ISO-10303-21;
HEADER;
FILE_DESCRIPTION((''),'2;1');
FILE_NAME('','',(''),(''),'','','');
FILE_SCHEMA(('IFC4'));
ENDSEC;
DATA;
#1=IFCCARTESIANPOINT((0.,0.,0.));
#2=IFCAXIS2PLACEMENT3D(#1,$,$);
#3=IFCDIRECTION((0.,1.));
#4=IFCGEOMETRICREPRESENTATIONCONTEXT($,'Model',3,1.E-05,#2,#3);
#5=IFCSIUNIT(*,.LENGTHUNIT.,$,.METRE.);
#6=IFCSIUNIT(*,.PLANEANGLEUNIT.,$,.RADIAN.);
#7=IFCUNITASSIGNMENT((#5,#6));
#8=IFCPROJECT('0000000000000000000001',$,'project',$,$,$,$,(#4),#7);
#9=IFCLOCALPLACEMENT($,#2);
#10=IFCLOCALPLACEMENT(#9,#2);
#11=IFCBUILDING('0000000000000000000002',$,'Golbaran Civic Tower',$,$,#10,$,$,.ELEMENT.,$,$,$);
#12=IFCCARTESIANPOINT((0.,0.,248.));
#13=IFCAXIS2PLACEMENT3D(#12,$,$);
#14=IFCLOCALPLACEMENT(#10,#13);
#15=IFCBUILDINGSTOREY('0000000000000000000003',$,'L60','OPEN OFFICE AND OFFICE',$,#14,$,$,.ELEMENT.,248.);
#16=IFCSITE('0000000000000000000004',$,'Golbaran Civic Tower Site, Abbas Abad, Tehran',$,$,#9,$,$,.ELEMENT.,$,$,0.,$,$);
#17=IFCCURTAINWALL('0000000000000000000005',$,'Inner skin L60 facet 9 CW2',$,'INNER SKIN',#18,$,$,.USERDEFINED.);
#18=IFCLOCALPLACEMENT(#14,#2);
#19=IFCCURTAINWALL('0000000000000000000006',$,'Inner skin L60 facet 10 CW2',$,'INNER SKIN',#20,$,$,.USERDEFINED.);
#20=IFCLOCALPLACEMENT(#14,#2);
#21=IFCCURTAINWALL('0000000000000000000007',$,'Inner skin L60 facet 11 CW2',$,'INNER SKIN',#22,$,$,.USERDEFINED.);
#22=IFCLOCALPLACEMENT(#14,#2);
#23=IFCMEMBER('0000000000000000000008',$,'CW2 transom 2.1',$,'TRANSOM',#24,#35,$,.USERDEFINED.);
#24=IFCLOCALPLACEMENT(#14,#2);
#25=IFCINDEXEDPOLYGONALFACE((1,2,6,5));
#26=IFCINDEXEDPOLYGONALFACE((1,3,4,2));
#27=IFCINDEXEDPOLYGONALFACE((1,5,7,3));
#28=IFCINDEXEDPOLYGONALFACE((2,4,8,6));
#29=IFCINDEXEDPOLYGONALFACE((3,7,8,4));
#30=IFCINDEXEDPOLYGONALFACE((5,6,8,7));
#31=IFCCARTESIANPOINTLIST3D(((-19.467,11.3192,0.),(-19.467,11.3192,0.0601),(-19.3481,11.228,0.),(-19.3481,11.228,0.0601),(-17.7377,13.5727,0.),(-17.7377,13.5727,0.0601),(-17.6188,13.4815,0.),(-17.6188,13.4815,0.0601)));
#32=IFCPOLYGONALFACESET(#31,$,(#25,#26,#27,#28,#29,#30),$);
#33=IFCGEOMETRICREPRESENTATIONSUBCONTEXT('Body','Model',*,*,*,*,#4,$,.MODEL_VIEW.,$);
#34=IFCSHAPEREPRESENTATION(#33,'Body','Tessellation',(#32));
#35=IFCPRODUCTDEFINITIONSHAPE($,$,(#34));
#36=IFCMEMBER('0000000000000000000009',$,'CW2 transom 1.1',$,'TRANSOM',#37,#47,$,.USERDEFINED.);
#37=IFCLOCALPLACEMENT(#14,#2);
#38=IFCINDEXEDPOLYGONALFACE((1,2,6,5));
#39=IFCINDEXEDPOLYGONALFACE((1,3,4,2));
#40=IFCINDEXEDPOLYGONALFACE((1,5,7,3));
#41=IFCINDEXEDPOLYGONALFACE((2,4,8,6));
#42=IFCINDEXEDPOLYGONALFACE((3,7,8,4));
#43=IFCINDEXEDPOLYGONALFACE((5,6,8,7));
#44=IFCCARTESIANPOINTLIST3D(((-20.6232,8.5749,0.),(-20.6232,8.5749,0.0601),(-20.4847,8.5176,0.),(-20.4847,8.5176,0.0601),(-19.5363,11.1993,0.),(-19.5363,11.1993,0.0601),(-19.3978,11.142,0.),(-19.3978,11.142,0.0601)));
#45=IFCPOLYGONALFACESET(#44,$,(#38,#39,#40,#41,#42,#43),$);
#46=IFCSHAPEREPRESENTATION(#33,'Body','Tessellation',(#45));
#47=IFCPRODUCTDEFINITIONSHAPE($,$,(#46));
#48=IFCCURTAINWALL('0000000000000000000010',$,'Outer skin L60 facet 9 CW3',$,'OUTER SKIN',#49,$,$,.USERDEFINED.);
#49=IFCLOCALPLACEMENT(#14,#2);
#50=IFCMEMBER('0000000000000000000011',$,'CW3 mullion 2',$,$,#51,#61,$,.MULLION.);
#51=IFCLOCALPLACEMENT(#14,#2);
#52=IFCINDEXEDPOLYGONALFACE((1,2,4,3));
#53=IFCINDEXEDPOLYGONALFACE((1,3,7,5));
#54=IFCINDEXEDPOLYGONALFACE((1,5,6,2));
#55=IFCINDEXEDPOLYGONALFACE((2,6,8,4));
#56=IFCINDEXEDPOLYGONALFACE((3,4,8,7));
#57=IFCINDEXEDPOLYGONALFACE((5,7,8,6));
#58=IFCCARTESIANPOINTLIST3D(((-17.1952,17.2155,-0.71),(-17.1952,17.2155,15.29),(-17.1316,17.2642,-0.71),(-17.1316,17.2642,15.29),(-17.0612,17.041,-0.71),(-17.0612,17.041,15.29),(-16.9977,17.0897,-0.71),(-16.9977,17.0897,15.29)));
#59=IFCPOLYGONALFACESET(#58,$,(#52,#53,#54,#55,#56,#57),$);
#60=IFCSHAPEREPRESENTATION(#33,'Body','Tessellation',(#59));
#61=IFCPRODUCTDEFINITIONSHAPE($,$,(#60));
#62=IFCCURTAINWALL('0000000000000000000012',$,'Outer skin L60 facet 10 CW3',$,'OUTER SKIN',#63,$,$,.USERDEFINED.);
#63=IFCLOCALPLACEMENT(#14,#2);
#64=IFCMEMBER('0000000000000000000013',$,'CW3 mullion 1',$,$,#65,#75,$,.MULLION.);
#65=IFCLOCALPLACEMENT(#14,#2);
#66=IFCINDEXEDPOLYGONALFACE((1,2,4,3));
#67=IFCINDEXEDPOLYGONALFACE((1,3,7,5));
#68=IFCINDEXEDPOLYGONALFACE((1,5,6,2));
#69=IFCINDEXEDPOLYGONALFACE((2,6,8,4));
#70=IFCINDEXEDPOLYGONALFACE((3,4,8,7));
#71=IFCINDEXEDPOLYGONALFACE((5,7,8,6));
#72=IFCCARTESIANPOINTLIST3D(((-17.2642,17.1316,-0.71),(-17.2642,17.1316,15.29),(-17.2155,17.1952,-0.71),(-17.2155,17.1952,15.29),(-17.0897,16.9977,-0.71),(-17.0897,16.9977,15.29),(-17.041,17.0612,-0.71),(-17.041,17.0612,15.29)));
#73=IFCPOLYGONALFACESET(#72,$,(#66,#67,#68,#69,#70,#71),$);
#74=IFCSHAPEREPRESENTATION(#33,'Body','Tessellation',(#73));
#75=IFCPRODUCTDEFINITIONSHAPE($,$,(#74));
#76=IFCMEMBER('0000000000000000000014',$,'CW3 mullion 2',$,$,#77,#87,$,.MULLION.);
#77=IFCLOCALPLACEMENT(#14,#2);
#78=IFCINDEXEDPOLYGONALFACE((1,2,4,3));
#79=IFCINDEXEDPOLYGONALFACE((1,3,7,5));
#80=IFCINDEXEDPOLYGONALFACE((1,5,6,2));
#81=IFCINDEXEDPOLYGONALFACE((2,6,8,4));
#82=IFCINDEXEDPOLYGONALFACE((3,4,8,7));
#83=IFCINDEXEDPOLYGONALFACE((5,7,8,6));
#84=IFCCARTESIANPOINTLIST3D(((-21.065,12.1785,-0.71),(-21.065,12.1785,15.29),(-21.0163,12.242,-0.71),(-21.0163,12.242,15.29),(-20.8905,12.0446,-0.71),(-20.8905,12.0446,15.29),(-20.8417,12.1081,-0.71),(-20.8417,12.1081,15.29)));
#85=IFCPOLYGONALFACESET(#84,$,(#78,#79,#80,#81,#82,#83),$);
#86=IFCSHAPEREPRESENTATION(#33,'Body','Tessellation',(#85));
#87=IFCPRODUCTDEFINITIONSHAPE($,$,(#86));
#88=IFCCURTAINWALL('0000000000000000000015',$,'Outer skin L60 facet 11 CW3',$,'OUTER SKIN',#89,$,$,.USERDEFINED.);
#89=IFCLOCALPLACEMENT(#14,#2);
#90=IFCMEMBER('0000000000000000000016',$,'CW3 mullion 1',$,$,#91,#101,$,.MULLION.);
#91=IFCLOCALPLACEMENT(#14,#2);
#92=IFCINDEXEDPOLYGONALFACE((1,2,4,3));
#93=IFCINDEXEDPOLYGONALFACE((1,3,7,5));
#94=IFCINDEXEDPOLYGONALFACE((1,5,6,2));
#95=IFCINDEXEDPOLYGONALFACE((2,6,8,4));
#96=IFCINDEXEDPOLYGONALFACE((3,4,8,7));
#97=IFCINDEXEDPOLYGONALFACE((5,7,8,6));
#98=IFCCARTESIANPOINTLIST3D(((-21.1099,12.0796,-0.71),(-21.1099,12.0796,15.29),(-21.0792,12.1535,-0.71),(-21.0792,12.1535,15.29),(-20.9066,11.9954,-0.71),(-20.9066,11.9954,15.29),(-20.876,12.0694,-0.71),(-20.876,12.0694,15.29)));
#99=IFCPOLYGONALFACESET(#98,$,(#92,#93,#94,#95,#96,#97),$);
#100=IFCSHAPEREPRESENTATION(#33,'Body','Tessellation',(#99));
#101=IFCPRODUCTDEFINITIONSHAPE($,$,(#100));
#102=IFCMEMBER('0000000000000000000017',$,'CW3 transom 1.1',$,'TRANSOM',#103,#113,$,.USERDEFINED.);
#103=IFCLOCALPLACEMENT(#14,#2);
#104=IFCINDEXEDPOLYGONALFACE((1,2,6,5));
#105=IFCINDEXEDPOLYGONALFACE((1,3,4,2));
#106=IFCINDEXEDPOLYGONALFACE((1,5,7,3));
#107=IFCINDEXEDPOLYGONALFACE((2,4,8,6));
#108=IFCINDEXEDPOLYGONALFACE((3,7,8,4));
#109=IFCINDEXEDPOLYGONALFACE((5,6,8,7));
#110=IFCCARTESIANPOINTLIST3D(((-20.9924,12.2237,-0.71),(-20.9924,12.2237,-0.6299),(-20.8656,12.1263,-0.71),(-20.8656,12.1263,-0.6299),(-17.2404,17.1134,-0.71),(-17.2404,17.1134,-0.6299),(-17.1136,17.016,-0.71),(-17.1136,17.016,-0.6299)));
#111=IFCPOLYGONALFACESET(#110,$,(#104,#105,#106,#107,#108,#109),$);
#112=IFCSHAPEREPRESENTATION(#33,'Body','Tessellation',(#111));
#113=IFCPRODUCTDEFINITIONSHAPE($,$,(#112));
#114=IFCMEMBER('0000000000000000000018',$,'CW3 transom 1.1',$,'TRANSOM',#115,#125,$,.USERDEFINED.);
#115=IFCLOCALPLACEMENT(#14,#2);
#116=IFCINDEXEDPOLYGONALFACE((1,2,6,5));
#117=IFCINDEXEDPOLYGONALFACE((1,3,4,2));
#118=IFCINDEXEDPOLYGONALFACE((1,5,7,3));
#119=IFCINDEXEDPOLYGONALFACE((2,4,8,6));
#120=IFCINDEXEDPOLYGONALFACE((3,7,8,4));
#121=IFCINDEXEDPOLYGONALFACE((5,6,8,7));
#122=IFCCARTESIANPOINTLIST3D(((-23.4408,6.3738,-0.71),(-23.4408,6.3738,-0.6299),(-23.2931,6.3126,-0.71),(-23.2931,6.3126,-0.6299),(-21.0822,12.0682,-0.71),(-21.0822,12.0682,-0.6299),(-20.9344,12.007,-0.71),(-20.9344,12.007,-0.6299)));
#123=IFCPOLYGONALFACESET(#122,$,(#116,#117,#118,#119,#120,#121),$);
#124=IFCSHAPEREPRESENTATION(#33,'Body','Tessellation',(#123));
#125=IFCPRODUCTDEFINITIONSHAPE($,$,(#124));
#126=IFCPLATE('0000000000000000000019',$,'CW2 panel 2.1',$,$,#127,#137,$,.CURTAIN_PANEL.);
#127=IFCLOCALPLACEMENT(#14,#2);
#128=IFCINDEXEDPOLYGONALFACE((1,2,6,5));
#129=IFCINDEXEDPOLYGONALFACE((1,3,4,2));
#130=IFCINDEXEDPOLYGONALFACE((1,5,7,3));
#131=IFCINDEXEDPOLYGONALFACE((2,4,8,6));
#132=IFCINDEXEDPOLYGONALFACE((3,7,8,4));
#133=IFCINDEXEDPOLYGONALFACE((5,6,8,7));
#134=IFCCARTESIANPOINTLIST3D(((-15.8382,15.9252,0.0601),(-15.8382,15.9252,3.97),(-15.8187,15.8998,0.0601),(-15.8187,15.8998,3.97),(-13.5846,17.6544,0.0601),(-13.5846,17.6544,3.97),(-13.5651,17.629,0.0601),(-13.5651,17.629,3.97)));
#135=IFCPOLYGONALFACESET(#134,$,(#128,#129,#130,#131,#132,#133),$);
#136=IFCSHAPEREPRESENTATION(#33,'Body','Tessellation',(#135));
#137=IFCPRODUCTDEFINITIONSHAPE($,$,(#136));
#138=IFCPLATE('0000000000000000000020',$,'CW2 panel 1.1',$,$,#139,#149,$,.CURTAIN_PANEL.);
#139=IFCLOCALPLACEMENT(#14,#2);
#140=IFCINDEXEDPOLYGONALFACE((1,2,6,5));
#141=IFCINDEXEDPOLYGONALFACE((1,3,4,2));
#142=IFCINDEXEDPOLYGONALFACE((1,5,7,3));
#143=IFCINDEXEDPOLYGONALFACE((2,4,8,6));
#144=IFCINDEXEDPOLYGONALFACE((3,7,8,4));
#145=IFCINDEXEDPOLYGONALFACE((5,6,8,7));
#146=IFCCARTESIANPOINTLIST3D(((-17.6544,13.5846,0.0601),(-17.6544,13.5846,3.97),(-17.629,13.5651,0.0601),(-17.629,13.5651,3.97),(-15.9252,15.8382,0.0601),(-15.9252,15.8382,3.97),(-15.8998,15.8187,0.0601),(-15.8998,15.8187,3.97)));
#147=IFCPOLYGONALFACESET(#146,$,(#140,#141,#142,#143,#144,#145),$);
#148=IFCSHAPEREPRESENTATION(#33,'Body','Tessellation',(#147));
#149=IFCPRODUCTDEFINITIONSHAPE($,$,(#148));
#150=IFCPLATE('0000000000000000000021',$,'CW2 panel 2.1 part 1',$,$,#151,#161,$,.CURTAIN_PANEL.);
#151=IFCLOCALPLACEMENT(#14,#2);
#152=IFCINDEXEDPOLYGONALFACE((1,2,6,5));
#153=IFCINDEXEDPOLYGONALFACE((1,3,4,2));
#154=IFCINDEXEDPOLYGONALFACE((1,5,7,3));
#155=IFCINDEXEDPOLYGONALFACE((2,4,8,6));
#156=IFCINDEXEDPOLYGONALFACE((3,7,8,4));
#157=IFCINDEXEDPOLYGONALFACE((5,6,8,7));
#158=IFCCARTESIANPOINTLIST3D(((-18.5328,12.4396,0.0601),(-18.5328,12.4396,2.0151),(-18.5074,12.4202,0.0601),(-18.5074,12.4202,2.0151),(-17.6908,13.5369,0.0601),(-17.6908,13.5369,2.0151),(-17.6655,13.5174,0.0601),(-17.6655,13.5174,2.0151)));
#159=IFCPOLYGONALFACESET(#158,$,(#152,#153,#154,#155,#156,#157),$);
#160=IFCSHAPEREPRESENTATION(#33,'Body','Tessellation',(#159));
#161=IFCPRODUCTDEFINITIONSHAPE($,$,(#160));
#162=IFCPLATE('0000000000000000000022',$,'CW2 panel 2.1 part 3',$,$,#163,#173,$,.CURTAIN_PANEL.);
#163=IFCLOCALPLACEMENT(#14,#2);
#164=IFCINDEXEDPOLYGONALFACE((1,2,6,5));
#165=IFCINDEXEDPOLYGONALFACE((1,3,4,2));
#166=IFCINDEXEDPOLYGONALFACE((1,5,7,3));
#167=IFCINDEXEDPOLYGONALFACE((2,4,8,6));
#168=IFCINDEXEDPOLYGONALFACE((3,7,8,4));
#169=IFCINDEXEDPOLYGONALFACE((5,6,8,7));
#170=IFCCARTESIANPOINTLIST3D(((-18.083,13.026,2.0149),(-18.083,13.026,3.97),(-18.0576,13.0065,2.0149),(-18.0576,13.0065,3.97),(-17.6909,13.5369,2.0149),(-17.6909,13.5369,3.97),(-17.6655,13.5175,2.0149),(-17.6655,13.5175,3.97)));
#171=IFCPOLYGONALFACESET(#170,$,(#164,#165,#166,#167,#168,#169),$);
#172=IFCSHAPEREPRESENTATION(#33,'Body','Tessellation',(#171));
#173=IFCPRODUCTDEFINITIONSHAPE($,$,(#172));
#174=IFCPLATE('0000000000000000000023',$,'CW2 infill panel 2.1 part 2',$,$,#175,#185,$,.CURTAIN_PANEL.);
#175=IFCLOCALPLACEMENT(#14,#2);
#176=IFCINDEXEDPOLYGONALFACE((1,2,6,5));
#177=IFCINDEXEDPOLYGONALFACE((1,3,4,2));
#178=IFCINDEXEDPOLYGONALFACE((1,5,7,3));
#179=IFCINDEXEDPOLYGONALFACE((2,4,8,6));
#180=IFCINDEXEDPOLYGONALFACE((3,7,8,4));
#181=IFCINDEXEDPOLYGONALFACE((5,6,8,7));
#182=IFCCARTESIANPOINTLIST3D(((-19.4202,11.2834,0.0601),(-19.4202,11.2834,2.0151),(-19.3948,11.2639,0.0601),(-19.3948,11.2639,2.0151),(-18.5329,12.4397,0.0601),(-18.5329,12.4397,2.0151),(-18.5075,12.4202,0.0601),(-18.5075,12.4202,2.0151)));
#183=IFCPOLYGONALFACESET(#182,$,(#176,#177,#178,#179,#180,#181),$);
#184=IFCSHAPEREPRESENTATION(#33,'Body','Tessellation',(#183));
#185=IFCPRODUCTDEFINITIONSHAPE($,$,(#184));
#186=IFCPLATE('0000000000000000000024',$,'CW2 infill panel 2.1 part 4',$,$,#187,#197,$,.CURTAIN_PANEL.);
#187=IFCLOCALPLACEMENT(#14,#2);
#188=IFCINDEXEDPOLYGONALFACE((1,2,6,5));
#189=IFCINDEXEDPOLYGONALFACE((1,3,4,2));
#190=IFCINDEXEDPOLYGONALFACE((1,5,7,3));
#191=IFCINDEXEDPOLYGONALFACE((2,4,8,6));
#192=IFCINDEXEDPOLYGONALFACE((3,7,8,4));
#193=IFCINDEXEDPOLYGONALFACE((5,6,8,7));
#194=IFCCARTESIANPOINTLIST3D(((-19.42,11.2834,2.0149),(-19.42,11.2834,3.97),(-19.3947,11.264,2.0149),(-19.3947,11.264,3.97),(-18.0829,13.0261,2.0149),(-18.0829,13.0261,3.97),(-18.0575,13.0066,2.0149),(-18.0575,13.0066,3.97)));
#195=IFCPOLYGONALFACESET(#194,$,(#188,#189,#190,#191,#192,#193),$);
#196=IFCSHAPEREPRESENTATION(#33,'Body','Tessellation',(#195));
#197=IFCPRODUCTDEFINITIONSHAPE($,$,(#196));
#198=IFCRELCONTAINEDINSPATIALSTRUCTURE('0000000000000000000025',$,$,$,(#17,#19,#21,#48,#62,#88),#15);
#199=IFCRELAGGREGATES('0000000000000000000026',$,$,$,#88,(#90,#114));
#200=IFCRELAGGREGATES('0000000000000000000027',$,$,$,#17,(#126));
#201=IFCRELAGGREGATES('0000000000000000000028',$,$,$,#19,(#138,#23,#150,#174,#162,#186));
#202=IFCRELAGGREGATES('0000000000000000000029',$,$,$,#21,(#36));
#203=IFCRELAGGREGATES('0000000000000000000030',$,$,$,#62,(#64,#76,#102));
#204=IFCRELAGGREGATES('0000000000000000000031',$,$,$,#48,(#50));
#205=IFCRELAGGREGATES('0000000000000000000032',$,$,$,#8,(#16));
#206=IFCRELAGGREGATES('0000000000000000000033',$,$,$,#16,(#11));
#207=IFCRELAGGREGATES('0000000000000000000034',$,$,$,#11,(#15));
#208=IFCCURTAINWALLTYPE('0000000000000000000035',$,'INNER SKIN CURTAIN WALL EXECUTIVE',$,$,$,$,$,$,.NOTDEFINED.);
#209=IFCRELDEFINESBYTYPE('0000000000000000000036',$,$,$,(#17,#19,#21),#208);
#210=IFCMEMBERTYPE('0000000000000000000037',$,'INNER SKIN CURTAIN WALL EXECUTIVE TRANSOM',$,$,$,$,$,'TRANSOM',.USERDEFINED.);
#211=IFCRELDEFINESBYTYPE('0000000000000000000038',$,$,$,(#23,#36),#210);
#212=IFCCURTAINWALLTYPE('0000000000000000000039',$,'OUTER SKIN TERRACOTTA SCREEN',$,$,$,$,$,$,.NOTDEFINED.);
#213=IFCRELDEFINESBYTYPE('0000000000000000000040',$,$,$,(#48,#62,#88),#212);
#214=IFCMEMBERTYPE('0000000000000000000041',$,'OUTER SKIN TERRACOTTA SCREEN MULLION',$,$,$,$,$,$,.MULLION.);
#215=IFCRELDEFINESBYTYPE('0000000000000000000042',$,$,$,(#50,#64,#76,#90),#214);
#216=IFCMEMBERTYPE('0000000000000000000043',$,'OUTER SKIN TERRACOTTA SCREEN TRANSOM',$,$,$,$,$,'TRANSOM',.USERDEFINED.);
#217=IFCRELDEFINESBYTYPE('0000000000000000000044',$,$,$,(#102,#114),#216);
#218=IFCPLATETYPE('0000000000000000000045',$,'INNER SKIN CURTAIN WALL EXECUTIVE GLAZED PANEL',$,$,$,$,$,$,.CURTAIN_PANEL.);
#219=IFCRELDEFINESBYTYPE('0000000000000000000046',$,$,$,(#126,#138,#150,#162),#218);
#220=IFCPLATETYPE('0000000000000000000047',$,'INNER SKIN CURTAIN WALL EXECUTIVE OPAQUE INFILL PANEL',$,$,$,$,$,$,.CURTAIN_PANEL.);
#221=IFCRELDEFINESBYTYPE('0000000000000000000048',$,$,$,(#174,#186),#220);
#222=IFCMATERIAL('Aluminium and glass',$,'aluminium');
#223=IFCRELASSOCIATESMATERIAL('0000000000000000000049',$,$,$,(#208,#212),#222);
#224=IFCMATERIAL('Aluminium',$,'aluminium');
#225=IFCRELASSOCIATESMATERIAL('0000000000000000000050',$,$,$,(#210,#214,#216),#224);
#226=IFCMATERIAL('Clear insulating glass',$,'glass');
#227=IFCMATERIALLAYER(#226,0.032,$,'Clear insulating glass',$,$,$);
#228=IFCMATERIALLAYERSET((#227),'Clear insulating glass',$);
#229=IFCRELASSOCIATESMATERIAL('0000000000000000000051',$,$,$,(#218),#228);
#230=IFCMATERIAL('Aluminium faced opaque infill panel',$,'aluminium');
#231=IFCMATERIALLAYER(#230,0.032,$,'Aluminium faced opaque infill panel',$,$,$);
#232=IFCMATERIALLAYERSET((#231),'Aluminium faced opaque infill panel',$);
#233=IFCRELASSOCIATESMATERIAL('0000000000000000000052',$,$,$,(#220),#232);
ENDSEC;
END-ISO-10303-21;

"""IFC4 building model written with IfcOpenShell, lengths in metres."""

from ifc_helpers import new_model, si_unit, direction, frame, origin, origin_2d, place, context, subcontext, project, spatial, rectangle, extrude, material, layer, layer_set, material_profile, profile_set, type_object, element, aggregate, save


model = new_model("IFC4")

# Units and contexts
model_context = context("Model", 3, precision=1e-05, world=origin(), true_north=direction((0.0, 1.0)))
body_context = subcontext(model_context, "Body", "Model", "MODEL_VIEW")
ifc_project = project(units=[si_unit("LENGTHUNIT", "METRE"), si_unit("PLANEANGLEUNIT", "RADIAN")], contexts=[model_context])

# Site, building, storey
site_placement = place(None, origin())
site = spatial("IfcSite", under=ifc_project, at=site_placement, Name="Golbaran Civic Tower Site, Abbas Abad, Tehran", CompositionType="ELEMENT", RefElevation=0.0)
building_placement = place(site_placement, origin())
building = spatial("IfcBuilding", under=site, at=building_placement, Name="Golbaran Civic Tower", CompositionType="ELEMENT")
storey_placement = place(building_placement, frame((0.0, 0.0, 248.0)))
storey = spatial("IfcBuildingStorey", under=building, at=storey_placement, Name="L60", Description="OPEN OFFICE AND OFFICE", CompositionType="ELEMENT", Elevation=248.0)

# Curtain wall
ifc_material_1 = material(Name="Aluminium and glass", Category="aluminium")
curtain_wall_type_1 = type_object("IfcCurtainWallType", Name="INNER SKIN CURTAIN WALL EXECUTIVE", PredefinedType="NOTDEFINED", material=ifc_material_1)
curtain_wall_1_placement = place(storey_placement, origin())
curtain_wall_1 = element("IfcCurtainWall", 1, at=curtain_wall_1_placement, inside=storey, type_object=curtain_wall_type_1, Name="Inner skin L60 facet 9 CW2", ObjectType="INNER SKIN", PredefinedType="USERDEFINED")
ifc_material_2 = material(Name="Aluminium", Category="aluminium")

# Curtain wall
curtain_wall_2_placement = place(storey_placement, origin())
curtain_wall_2 = element("IfcCurtainWall", 2, at=curtain_wall_2_placement, inside=storey, type_object=curtain_wall_type_1, Name="Inner skin L60 facet 10 CW2", ObjectType="INNER SKIN", PredefinedType="USERDEFINED")

# Curtain wall
curtain_wall_3_placement = place(storey_placement, origin())
curtain_wall_3 = element("IfcCurtainWall", 3, at=curtain_wall_3_placement, inside=storey, type_object=curtain_wall_type_1, Name="Inner skin L60 facet 11 CW2", ObjectType="INNER SKIN", PredefinedType="USERDEFINED")

# Members
ifc_material_profile_1 = material_profile(ifc_material_2, rectangle(XDim=0.1499, YDim=0.0601, at=origin_2d()), Name="INNER SKIN CURTAIN WALL EXECUTIVE TRANSOM")
ifc_profile_set_1 = profile_set([ifc_material_profile_1], Name="Aluminium")
member_type_1 = type_object("IfcMemberType", Name="INNER SKIN CURTAIN WALL EXECUTIVE TRANSOM", ElementType="TRANSOM", PredefinedType="USERDEFINED", material=ifc_profile_set_1)
member_1_placement = place(storey_placement, frame((-17.6782, 13.5271, 0.03), z_axis=(-0.608792, -0.79333, 0.0), x_axis=(0.79333, -0.608792, 0.0)))
member_1 = element("IfcMember", 4, at=member_1_placement, type_object=member_type_1, Name="CW2 transom 2.1", ObjectType="TRANSOM", PredefinedType="USERDEFINED", context=body_context, shape_type="SweptSolid", body=[
    extrude(rectangle(XDim=0.1499, YDim=0.0601, at=origin_2d()), origin(), (0.0, 0.0, 1.0), 2.8406),
])
member_2_placement = place(storey_placement, frame((-19.467, 11.1707, 0.03), z_axis=(-0.382625, -0.923904, 0.0), x_axis=(0.923904, -0.382625, 0.0)))
member_2 = element("IfcMember", 5, at=member_2_placement, type_object=member_type_1, Name="CW2 transom 1.1", ObjectType="TRANSOM", PredefinedType="USERDEFINED", context=body_context, shape_type="SweptSolid", body=[
    extrude(rectangle(XDim=0.1499, YDim=0.0601, at=origin_2d()), origin(), (0.0, 0.0, 1.0), 2.8406),
])

# Curtain wall, member
curtain_wall_type_2 = type_object("IfcCurtainWallType", Name="OUTER SKIN TERRACOTTA SCREEN", PredefinedType="NOTDEFINED", material=ifc_material_1)
curtain_wall_4_placement = place(storey_placement, origin())
curtain_wall_4 = element("IfcCurtainWall", 6, at=curtain_wall_4_placement, inside=storey, type_object=curtain_wall_type_2, Name="Outer skin L60 facet 9 CW3", ObjectType="OUTER SKIN", PredefinedType="USERDEFINED")
ifc_material_profile_2 = material_profile(ifc_material_2, rectangle(XDim=0.22, YDim=0.0801, at=origin_2d()), Name="OUTER SKIN TERRACOTTA SCREEN MULLION")
ifc_profile_set_2 = profile_set([ifc_material_profile_2], Name="Aluminium")
member_type_2 = type_object("IfcMemberType", Name="OUTER SKIN TERRACOTTA SCREEN MULLION", PredefinedType="MULLION", material=ifc_profile_set_2)
member_3_placement = place(storey_placement, frame((-17.0964, 17.1526, -0.71), z_axis=(0.0, 0.0, 1.0), x_axis=(0.608761, -0.793353, 0.0)))
member_3 = element("IfcMember", 7, at=member_3_placement, type_object=member_type_2, Name="CW3 mullion 2", PredefinedType="MULLION", context=body_context, shape_type="SweptSolid", body=[
    extrude(rectangle(XDim=0.22, YDim=0.0801, at=origin_2d()), origin(), (0.0, 0.0, 1.0), 16.0),
])

# Curtain wall, members
curtain_wall_5_placement = place(storey_placement, origin())
curtain_wall_5 = element("IfcCurtainWall", 8, at=curtain_wall_5_placement, inside=storey, type_object=curtain_wall_type_2, Name="Outer skin L60 facet 10 CW3", ObjectType="OUTER SKIN", PredefinedType="USERDEFINED")
member_4_placement = place(storey_placement, frame((-17.1526, 17.0964, -0.71), z_axis=(0.0, 0.0, 1.0), x_axis=(0.793353, -0.608761, 0.0)))
member_4 = element("IfcMember", 9, at=member_4_placement, type_object=member_type_2, Name="CW3 mullion 1", PredefinedType="MULLION", context=body_context, shape_type="SweptSolid", body=[
    extrude(rectangle(XDim=0.22, YDim=0.0801, at=origin_2d()), origin(), (0.0, 0.0, 1.0), 16.0),
])
member_5_placement = place(storey_placement, frame((-20.9534, 12.1433, -0.71), z_axis=(0.0, 0.0, 1.0), x_axis=(0.793353, -0.608761, 0.0)))
member_5 = element("IfcMember", 10, at=member_5_placement, type_object=member_type_2, Name="CW3 mullion 2", PredefinedType="MULLION", context=body_context, shape_type="SweptSolid", body=[
    extrude(rectangle(XDim=0.22, YDim=0.0801, at=origin_2d()), origin(), (0.0, 0.0, 1.0), 16.0),
])

# Curtain wall, member
curtain_wall_6_placement = place(storey_placement, origin())
curtain_wall_6 = element("IfcCurtainWall", 11, at=curtain_wall_6_placement, inside=storey, type_object=curtain_wall_type_2, Name="Outer skin L60 facet 11 CW3", ObjectType="OUTER SKIN", PredefinedType="USERDEFINED")
member_6_placement = place(storey_placement, frame((-20.9929, 12.0745, -0.71), z_axis=(0.0, 0.0, 1.0), x_axis=(0.92388, -0.382683, 0.0)))
member_6 = element("IfcMember", 12, at=member_6_placement, type_object=member_type_2, Name="CW3 mullion 1", PredefinedType="MULLION", context=body_context, shape_type="SweptSolid", body=[
    extrude(rectangle(XDim=0.22, YDim=0.0801, at=origin_2d()), origin(), (0.0, 0.0, 1.0), 16.0),
])

# Members
ifc_material_profile_3 = material_profile(ifc_material_2, rectangle(XDim=0.1599, YDim=0.0801, at=origin_2d()), Name="OUTER SKIN TERRACOTTA SCREEN TRANSOM")
ifc_profile_set_3 = profile_set([ifc_material_profile_3], Name="Aluminium")
member_type_3 = type_object("IfcMemberType", Name="OUTER SKIN TERRACOTTA SCREEN TRANSOM", ElementType="TRANSOM", PredefinedType="USERDEFINED", material=ifc_profile_set_3)
member_7_placement = place(storey_placement, frame((-17.177, 17.0647, -0.6699), z_axis=(-0.608761, -0.793354, 0.0), x_axis=(0.793354, -0.608761, 0.0)))
member_7 = element("IfcMember", 13, at=member_7_placement, type_object=member_type_3, Name="CW3 transom 1.1", ObjectType="TRANSOM", PredefinedType="USERDEFINED", context=body_context, shape_type="SweptSolid", body=[
    extrude(rectangle(XDim=0.1599, YDim=0.0801, at=origin_2d()), origin(), (0.0, 0.0, 1.0), 6.1633),
])
member_8_placement = place(storey_placement, frame((-21.0083, 12.0376, -0.6699), z_axis=(-0.382679, -0.923881, 0.0), x_axis=(0.923881, -0.382679, 0.0)))
member_8 = element("IfcMember", 14, at=member_8_placement, type_object=member_type_3, Name="CW3 transom 1.1", ObjectType="TRANSOM", PredefinedType="USERDEFINED", context=body_context, shape_type="SweptSolid", body=[
    extrude(rectangle(XDim=0.1599, YDim=0.0801, at=origin_2d()), origin(), (0.0, 0.0, 1.0), 6.1636),
])
aggregate(curtain_wall_6, [member_6, member_8])

# Plates
ifc_material_3 = material(Name="Clear insulating glass", Category="glass")
ifc_layer_1 = layer(ifc_material_3, 0.032, Name="Clear insulating glass")
ifc_layer_set_1 = layer_set([ifc_layer_1], Name="Clear insulating glass")
plate_type_1 = type_object("IfcPlateType", Name="INNER SKIN CURTAIN WALL EXECUTIVE GLAZED PANEL", PredefinedType="CURTAIN_PANEL", material=ifc_layer_set_1)
plate_1_placement = place(storey_placement, frame((-14.7017, 16.7771, 0.0601), z_axis=(0.0, 0.0, 1.0), x_axis=(-0.793353, -0.608761, 0.0)))
plate_1 = element("IfcPlate", 15, at=plate_1_placement, type_object=plate_type_1, Name="CW2 panel 2.1", PredefinedType="CURTAIN_PANEL", context=body_context, shape_type="SweptSolid", body=[
    extrude(rectangle(XDim=2.8406, YDim=0.032, at=origin_2d()), origin(), (0.0, 0.0, 1.0), 3.9099),
])
aggregate(curtain_wall_1, [plate_1])
plate_2_placement = place(storey_placement, frame((-16.7771, 14.7017, 0.0601), z_axis=(0.0, 0.0, 1.0), x_axis=(-0.608761, -0.793353, 0.0)))
plate_2 = element("IfcPlate", 16, at=plate_2_placement, type_object=plate_type_1, Name="CW2 panel 1.1", PredefinedType="CURTAIN_PANEL", context=body_context, shape_type="SweptSolid", body=[
    extrude(rectangle(XDim=2.8406, YDim=0.032, at=origin_2d()), origin(), (0.0, 0.0, 1.0), 3.9099),
])
plate_3_placement = place(storey_placement, frame((-18.0991, 12.9785, 0.0601), z_axis=(0.0, 0.0, 1.0), x_axis=(-0.608761, -0.793353, 0.0)))
plate_3 = element("IfcPlate", 17, at=plate_3_placement, type_object=plate_type_1, Name="CW2 panel 2.1 part 1", PredefinedType="CURTAIN_PANEL", context=body_context, shape_type="SweptSolid", body=[
    extrude(rectangle(XDim=1.3831, YDim=0.032, at=origin_2d()), origin(), (0.0, 0.0, 1.0), 1.9551),
])
plate_4_placement = place(storey_placement, frame((-17.8743, 13.2717, 2.0149), z_axis=(0.0, 0.0, 1.0), x_axis=(-0.608761, -0.793353, 0.0)))
plate_4 = element("IfcPlate", 18, at=plate_4_placement, type_object=plate_type_1, Name="CW2 panel 2.1 part 3", PredefinedType="CURTAIN_PANEL", context=body_context, shape_type="SweptSolid", body=[
    extrude(rectangle(XDim=0.644, YDim=0.032, at=origin_2d()), origin(), (0.0, 0.0, 1.0), 1.9551),
])
ifc_material_4 = material(Name="Aluminium faced opaque infill panel", Category="aluminium")
ifc_layer_2 = layer(ifc_material_4, 0.032, Name="Aluminium faced opaque infill panel")
ifc_layer_set_2 = layer_set([ifc_layer_2], Name="Aluminium faced opaque infill panel")
plate_type_2 = type_object("IfcPlateType", Name="INNER SKIN CURTAIN WALL EXECUTIVE OPAQUE INFILL PANEL", PredefinedType="CURTAIN_PANEL", material=ifc_layer_set_2)
plate_5_placement = place(storey_placement, frame((-18.9639, 11.8518, 0.0601), z_axis=(0.0, 0.0, 1.0), x_axis=(-0.608761, -0.793353, 0.0)))
plate_5 = element("IfcPlate", 19, at=plate_5_placement, type_object=plate_type_2, Name="CW2 infill panel 2.1 part 2", PredefinedType="CURTAIN_PANEL", context=body_context, shape_type="SweptSolid", body=[
    extrude(rectangle(XDim=1.4575, YDim=0.032, at=origin_2d()), origin(), (0.0, 0.0, 1.0), 1.9551),
])
plate_6_placement = place(storey_placement, frame((-18.7388, 12.145, 2.0149), z_axis=(0.0, 0.0, 1.0), x_axis=(-0.608761, -0.793353, 0.0)))
plate_6 = element("IfcPlate", 20, at=plate_6_placement, type_object=plate_type_2, Name="CW2 infill panel 2.1 part 4", PredefinedType="CURTAIN_PANEL", context=body_context, shape_type="SweptSolid", body=[
    extrude(rectangle(XDim=2.1965, YDim=0.032, at=origin_2d()), origin(), (0.0, 0.0, 1.0), 1.9551),
])
aggregate(curtain_wall_2, [plate_2, member_1, plate_3, plate_5, plate_4, plate_6])
aggregate(curtain_wall_3, [member_2])
aggregate(curtain_wall_5, [member_4, member_5, member_7])
aggregate(curtain_wall_4, [member_3])

save(model, "model.ifc")
